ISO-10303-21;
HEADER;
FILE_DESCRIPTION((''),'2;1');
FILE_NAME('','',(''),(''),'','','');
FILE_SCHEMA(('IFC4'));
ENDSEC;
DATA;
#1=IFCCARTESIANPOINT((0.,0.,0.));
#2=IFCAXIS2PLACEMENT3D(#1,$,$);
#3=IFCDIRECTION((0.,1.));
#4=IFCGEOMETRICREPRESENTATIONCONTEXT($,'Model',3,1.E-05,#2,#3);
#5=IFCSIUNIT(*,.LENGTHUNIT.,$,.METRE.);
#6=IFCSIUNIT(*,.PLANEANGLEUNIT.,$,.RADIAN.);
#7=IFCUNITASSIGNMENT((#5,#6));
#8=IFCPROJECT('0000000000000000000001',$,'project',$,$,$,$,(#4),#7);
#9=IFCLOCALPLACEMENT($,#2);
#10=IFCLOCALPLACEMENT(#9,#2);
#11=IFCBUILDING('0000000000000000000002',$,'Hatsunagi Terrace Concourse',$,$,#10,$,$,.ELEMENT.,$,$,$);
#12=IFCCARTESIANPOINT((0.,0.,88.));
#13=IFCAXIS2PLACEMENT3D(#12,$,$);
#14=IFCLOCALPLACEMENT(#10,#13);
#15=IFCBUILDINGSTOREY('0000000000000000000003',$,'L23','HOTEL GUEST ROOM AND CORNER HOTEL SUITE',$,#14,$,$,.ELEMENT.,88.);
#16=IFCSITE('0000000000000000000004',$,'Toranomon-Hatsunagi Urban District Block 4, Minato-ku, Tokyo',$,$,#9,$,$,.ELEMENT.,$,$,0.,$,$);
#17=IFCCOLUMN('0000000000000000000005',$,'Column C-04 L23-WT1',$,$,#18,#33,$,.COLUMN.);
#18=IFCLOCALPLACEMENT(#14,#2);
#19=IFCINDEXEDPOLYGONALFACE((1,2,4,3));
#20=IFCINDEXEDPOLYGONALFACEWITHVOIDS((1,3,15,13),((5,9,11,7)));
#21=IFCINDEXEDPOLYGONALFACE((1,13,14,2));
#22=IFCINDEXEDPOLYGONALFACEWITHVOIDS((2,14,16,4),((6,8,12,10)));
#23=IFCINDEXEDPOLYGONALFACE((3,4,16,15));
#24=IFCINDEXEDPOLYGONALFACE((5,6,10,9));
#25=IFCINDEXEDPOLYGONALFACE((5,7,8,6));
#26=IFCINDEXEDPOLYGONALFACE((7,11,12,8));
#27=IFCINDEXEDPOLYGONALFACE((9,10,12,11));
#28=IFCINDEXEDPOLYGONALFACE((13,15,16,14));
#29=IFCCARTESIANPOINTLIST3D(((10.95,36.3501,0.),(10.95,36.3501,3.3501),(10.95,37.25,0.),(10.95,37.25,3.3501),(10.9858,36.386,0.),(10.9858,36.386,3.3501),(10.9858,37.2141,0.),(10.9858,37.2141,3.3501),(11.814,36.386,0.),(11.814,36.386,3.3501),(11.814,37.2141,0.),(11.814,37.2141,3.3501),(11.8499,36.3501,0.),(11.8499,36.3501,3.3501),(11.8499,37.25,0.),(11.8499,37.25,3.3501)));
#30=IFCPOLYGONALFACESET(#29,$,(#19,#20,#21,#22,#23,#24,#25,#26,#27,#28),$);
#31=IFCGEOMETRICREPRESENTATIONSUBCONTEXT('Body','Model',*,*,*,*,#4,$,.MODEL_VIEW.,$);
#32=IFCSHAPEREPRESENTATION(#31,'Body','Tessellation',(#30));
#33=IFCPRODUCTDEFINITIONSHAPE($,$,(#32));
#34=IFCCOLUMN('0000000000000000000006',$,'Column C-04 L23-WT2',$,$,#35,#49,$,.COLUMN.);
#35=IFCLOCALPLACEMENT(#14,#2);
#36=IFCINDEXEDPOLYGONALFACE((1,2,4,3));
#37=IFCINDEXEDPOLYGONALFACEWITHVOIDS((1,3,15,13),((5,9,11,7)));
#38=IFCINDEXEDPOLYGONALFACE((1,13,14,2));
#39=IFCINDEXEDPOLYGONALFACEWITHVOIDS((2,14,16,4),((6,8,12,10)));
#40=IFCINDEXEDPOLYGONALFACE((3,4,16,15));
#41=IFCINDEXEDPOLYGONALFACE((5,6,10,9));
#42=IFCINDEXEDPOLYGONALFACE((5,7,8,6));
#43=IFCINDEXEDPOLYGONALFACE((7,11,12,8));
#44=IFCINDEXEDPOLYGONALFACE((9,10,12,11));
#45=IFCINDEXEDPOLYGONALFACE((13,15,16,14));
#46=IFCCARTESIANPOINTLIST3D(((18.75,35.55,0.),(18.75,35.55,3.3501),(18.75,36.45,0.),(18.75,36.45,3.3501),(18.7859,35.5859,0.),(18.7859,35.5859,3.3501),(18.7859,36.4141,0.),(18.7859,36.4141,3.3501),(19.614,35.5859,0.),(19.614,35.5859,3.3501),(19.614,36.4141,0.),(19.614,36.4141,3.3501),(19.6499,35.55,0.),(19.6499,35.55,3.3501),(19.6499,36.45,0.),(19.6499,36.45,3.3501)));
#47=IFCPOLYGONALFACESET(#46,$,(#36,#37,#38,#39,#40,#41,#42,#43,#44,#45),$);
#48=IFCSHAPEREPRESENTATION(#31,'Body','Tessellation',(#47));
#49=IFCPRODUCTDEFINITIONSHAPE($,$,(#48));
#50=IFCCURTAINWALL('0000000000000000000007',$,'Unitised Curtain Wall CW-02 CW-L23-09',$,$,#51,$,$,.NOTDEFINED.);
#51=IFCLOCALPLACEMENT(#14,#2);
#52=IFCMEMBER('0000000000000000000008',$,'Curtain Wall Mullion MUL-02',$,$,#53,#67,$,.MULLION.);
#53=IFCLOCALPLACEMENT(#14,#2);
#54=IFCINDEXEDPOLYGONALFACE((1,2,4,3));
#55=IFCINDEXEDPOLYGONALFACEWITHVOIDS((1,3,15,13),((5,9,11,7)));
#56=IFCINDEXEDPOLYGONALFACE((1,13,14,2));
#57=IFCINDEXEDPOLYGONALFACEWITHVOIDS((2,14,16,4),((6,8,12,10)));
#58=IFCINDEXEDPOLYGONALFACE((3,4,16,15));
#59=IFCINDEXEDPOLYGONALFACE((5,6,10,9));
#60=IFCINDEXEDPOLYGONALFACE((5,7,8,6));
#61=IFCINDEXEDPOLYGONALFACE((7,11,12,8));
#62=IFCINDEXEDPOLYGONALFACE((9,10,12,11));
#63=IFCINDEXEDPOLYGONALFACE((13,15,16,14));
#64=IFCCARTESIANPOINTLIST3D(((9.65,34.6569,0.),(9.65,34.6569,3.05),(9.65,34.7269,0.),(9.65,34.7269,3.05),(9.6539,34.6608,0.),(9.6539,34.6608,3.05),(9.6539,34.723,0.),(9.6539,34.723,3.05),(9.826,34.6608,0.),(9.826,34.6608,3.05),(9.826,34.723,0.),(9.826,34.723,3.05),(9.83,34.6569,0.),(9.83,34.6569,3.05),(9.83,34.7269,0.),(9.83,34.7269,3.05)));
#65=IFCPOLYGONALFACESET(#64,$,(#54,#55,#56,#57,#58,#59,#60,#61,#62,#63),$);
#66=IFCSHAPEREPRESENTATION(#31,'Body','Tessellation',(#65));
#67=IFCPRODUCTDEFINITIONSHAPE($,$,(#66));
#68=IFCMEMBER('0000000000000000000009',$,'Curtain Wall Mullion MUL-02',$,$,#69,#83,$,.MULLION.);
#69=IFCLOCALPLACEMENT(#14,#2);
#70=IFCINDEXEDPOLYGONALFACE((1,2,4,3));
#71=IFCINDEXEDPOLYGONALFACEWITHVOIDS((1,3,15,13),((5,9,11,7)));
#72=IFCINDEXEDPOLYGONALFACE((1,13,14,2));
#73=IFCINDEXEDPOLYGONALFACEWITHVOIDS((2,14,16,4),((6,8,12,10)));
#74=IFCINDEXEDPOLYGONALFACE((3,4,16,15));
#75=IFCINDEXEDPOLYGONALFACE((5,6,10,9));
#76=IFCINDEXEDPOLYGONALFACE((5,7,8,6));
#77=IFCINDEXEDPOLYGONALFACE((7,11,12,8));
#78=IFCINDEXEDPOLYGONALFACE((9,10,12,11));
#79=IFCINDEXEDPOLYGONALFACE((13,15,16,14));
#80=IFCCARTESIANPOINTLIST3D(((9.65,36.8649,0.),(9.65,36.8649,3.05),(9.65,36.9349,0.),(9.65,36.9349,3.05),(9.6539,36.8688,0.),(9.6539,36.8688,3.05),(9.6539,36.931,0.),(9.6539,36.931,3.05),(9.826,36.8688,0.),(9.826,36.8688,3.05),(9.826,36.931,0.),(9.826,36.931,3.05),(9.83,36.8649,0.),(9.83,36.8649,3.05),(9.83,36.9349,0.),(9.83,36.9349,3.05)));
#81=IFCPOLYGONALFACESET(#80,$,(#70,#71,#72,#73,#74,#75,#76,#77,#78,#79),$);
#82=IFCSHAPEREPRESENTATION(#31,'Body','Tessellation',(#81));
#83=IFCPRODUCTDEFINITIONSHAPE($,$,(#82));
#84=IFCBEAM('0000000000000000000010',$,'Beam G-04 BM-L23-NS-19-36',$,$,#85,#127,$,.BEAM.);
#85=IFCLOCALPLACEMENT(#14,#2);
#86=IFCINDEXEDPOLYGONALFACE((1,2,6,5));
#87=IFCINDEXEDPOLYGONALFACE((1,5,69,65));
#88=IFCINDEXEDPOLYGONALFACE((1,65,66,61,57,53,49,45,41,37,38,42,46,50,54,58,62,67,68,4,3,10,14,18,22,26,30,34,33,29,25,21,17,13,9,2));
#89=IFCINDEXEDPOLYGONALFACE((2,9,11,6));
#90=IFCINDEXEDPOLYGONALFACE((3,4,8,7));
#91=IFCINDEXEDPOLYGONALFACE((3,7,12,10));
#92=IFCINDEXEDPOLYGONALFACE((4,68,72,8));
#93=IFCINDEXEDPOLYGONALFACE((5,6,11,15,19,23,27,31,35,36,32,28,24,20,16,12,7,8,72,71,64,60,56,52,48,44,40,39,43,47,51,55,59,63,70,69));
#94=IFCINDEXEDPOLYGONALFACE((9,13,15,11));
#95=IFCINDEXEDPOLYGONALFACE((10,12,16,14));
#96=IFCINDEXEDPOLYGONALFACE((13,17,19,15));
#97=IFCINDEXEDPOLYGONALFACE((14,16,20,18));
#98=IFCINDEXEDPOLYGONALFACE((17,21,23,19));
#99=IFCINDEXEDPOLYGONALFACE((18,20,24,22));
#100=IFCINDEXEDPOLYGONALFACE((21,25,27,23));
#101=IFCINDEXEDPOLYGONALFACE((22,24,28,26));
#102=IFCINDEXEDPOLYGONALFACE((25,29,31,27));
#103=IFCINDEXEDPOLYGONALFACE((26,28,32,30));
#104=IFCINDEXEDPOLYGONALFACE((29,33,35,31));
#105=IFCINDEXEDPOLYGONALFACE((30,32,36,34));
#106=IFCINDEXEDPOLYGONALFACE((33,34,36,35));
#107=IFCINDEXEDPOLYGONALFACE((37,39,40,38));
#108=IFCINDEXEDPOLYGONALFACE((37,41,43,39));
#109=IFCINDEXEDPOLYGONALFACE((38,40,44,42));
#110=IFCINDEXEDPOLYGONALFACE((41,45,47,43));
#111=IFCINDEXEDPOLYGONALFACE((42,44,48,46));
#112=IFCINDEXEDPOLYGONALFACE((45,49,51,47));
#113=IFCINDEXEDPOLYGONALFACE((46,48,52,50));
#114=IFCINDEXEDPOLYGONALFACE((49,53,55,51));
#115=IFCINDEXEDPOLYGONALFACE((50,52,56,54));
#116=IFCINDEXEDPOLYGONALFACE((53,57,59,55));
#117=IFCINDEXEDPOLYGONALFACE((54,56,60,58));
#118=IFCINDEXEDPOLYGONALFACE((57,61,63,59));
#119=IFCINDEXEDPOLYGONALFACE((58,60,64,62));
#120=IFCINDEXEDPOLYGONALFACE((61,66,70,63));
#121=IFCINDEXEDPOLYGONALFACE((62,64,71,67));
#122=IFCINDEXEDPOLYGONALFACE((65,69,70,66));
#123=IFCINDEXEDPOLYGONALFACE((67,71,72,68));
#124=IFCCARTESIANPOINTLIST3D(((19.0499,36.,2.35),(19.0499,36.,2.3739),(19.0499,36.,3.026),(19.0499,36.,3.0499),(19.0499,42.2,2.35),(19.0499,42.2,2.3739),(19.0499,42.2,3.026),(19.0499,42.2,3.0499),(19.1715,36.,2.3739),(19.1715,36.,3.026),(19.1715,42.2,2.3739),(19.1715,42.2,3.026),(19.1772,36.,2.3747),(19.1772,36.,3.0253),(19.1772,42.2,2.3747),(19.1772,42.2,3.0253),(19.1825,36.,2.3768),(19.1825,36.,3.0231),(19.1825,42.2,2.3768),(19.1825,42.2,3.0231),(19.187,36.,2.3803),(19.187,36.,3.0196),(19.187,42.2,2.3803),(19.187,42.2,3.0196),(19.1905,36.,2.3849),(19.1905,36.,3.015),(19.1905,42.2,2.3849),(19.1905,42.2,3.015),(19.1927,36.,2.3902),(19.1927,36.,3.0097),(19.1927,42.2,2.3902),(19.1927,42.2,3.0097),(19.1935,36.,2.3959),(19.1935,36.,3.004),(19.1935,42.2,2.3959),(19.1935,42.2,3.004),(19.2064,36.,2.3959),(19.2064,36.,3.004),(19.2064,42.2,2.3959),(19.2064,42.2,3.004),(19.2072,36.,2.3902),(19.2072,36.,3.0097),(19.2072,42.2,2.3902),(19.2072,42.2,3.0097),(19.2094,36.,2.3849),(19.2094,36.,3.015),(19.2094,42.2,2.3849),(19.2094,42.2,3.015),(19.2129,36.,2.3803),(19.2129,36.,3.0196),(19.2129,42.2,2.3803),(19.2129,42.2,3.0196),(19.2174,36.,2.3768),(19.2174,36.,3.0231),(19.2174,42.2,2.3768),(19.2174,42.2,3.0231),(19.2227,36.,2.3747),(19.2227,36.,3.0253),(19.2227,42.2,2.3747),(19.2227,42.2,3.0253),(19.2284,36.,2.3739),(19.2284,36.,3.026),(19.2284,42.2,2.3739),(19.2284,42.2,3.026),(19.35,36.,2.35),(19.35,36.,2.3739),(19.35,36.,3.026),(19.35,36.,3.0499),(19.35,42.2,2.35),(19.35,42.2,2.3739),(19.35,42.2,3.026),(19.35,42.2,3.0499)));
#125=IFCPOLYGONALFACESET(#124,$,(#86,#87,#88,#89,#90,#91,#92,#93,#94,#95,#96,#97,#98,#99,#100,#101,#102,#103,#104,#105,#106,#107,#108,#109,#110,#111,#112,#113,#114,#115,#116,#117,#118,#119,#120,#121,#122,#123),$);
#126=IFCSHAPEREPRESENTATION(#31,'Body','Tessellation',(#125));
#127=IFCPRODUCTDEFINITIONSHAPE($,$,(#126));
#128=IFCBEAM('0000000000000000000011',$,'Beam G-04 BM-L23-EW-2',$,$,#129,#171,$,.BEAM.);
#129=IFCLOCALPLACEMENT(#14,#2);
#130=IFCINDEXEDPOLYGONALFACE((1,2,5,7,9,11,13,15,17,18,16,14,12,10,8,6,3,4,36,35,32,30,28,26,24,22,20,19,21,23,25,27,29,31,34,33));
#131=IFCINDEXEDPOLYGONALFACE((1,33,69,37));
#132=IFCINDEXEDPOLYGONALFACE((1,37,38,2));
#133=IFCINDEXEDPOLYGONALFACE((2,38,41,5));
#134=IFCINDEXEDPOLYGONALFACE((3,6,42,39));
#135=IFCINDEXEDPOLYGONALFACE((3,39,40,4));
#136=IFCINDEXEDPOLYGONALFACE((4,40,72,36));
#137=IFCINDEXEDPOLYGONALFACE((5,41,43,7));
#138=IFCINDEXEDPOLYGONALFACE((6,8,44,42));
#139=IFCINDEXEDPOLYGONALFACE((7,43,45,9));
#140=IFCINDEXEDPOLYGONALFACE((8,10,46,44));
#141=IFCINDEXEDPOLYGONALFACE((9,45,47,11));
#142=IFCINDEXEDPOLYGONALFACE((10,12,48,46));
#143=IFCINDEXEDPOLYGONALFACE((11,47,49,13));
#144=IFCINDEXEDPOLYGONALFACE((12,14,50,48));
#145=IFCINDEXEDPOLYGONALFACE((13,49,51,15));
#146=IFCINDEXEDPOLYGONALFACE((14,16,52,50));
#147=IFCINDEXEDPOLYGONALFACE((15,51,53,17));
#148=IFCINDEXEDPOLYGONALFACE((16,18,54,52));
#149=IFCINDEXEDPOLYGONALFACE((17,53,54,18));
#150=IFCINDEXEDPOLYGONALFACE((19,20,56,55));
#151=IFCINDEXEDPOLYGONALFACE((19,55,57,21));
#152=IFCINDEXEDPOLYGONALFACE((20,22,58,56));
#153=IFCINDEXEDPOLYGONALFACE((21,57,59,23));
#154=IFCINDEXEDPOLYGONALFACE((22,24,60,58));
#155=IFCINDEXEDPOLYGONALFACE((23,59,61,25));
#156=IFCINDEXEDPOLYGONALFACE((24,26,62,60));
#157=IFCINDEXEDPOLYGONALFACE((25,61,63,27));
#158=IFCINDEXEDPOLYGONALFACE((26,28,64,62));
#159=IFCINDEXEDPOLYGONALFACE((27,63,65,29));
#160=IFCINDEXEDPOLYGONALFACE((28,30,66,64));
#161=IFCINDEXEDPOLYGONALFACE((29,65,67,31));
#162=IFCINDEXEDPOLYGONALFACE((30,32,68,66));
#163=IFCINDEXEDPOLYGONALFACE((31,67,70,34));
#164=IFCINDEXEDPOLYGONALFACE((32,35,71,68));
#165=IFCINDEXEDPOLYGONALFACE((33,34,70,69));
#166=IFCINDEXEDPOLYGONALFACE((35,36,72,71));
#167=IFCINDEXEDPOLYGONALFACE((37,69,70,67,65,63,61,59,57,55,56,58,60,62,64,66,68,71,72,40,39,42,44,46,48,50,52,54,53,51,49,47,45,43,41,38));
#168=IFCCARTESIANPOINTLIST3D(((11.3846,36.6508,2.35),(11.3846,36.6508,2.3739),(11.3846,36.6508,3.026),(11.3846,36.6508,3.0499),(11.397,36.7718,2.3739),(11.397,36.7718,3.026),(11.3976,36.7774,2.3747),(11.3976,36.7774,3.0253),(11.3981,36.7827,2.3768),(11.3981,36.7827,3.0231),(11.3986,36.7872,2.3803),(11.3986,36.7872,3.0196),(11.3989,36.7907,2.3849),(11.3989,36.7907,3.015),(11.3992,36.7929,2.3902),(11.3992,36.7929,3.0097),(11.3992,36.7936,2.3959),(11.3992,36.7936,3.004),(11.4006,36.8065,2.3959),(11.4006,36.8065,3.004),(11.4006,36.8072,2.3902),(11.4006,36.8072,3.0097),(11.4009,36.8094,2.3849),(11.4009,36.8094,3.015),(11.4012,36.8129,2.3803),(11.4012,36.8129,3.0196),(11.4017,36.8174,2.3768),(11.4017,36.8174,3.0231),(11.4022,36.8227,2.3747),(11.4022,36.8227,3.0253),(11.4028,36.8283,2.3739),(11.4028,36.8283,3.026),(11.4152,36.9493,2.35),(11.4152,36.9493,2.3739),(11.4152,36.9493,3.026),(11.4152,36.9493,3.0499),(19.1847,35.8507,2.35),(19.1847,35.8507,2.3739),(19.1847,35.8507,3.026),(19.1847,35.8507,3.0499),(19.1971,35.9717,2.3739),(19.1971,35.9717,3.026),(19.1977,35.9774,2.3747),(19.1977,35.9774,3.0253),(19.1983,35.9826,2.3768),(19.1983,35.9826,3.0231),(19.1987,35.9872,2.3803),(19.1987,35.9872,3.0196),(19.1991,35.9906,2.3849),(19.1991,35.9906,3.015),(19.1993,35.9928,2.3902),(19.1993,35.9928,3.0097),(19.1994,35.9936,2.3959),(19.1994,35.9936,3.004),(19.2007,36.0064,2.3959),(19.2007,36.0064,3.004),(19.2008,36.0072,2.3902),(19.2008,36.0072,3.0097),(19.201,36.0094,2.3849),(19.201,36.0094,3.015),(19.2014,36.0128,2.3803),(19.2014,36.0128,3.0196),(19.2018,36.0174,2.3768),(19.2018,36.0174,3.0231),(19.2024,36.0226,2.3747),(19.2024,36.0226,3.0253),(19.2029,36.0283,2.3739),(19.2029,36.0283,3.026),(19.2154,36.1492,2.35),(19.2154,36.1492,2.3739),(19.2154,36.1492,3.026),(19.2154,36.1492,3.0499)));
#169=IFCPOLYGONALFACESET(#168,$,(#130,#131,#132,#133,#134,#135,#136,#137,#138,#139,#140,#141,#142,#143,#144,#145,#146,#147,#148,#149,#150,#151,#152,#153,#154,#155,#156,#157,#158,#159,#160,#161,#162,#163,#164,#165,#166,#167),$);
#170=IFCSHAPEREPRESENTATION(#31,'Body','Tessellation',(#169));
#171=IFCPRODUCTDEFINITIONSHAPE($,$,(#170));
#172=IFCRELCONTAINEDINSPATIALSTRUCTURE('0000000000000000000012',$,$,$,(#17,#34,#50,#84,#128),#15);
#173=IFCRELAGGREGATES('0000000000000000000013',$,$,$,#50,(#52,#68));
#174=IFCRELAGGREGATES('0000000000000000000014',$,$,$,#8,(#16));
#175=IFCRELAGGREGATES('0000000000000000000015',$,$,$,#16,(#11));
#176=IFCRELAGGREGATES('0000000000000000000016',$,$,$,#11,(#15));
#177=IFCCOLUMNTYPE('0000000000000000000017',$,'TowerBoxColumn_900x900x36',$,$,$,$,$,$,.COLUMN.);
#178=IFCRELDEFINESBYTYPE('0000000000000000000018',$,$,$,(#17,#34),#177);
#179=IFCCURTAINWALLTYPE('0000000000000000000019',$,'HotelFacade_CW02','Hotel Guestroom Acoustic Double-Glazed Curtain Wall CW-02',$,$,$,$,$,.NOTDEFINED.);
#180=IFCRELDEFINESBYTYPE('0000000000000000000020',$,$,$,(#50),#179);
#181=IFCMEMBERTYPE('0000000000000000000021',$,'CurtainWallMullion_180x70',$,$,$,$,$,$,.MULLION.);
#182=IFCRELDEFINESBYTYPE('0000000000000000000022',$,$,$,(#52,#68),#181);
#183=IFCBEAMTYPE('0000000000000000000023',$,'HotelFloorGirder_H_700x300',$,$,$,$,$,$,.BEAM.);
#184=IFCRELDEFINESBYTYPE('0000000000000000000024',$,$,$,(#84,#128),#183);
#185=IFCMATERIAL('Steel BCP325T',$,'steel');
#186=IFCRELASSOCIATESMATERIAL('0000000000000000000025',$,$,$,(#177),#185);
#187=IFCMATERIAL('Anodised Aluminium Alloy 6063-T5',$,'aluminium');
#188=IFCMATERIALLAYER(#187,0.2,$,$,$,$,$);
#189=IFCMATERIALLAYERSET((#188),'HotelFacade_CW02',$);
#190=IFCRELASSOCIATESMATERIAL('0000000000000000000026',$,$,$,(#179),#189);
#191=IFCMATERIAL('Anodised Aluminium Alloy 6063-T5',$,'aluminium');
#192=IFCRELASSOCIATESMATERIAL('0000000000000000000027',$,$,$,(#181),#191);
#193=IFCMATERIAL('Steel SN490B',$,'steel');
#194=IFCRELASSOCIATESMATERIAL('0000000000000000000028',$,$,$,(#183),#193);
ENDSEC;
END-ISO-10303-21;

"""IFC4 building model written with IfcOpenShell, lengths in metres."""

from ifc_helpers import new_model, si_unit, direction, frame, origin, origin_2d, place, context, subcontext, project, spatial, hollow_rectangle, i_section, extrude, material, layer, layer_set, material_profile, profile_set, type_object, element, aggregate, save


model = new_model("IFC4")

# Units and contexts
model_context = context("Model", 3, precision=1e-05, world=origin(), true_north=direction((0.0, 1.0)))
body_context = subcontext(model_context, "Body", "Model", "MODEL_VIEW")
ifc_project = project(units=[si_unit("LENGTHUNIT", "METRE"), si_unit("PLANEANGLEUNIT", "RADIAN")], contexts=[model_context])

# Site, building, storey
site_placement = place(None, origin())
site = spatial("IfcSite", under=ifc_project, at=site_placement, Name="Toranomon-Hatsunagi Urban District Block 4, Minato-ku, Tokyo", CompositionType="ELEMENT", RefElevation=0.0)
building_placement = place(site_placement, origin())
building = spatial("IfcBuilding", under=site, at=building_placement, Name="Hatsunagi Terrace Concourse", CompositionType="ELEMENT")
storey_placement = place(building_placement, frame((0.0, 0.0, 88.0)))
storey = spatial("IfcBuildingStorey", under=building, at=storey_placement, Name="L23", Description="HOTEL GUEST ROOM AND CORNER HOTEL SUITE", CompositionType="ELEMENT", Elevation=88.0)

# Columns
ifc_material_1 = material(Name="Steel BCP325T", Category="steel")
ifc_material_profile_1 = material_profile(ifc_material_1, hollow_rectangle(XDim=0.8999, YDim=0.8999, WallThickness=0.0359, at=origin_2d()), Name="BCP-900x900x36")
ifc_profile_set_1 = profile_set([ifc_material_profile_1], Name="Steel BCP325T")
column_type = type_object("IfcColumnType", Name="TowerBoxColumn_900x900x36", PredefinedType="COLUMN", material=ifc_profile_set_1)
for number, where, z_axis, x_axis, name in (
    (1, (11.3999, 36.8, 0.0), (0.0, 0.0, 1.0), (1.0, 0.0, 0.0), "Column C-04 L23-WT1"),
    (2, (19.2, 36.0, 0.0), (0.0, 0.0, 1.0), (1.0, 0.0, 0.0), "Column C-04 L23-WT2"),
):
    element("IfcColumn", number, at=place(storey_placement, frame(where, z_axis=z_axis, x_axis=x_axis)), inside=storey, type_object=column_type, Name=name, PredefinedType="COLUMN", context=body_context, shape_type="SweptSolid", body=[
        extrude(hollow_rectangle(XDim=0.8999, YDim=0.8999, WallThickness=0.0359, at=origin_2d()), origin(), (0.0, 0.0, 1.0), 3.3501),
    ])

# Curtain wall, members
ifc_material_2 = material(Name="Anodised Aluminium Alloy 6063-T5", Category="aluminium")
ifc_layer_1 = layer(ifc_material_2, 0.2)
ifc_layer_set_1 = layer_set([ifc_layer_1], Name="HotelFacade_CW02")
curtain_wall_type = type_object("IfcCurtainWallType", Name="HotelFacade_CW02", Description="Hotel Guestroom Acoustic Double-Glazed Curtain Wall CW-02", PredefinedType="NOTDEFINED", material=ifc_layer_set_1)
curtain_wall_placement = place(storey_placement, origin())
curtain_wall = element("IfcCurtainWall", 3, at=curtain_wall_placement, inside=storey, type_object=curtain_wall_type, Name="Unitised Curtain Wall CW-02 CW-L23-09", PredefinedType="NOTDEFINED")
ifc_material_3 = material(Name="Anodised Aluminium Alloy 6063-T5", Category="aluminium")
ifc_material_profile_2 = material_profile(ifc_material_3, hollow_rectangle(XDim=0.0701, YDim=0.1799, WallThickness=0.0039, at=origin_2d()), Name="ALU-MUL-180x70x4")
ifc_profile_set_2 = profile_set([ifc_material_profile_2], Name="Anodised Aluminium Alloy 6063-T5")
member_type = type_object("IfcMemberType", Name="CurtainWallMullion_180x70", PredefinedType="MULLION", material=ifc_profile_set_2)
member_1_placement = place(storey_placement, frame((9.74, 34.6919, 0.0), z_axis=(0.0, 0.0, 1.0), x_axis=(0.0, 1.0, 0.0)))
member_1 = element("IfcMember", 4, at=member_1_placement, type_object=member_type, Name="Curtain Wall Mullion MUL-02", PredefinedType="MULLION", context=body_context, shape_type="SweptSolid", body=[
    extrude(hollow_rectangle(XDim=0.0701, YDim=0.1799, WallThickness=0.0039, at=origin_2d()), origin(), (0.0, 0.0, 1.0), 3.05),
])
member_2_placement = place(storey_placement, frame((9.74, 36.8999, 0.0), z_axis=(0.0, 0.0, 1.0), x_axis=(0.0, 1.0, 0.0)))
member_2 = element("IfcMember", 5, at=member_2_placement, type_object=member_type, Name="Curtain Wall Mullion MUL-02", PredefinedType="MULLION", context=body_context, shape_type="SweptSolid", body=[
    extrude(hollow_rectangle(XDim=0.0701, YDim=0.1799, WallThickness=0.0039, at=origin_2d()), origin(), (0.0, 0.0, 1.0), 3.05),
])

# Beams
ifc_material_4 = material(Name="Steel SN490B", Category="steel")
ifc_material_profile_3 = material_profile(ifc_material_4, i_section(OverallWidth=0.3, OverallDepth=0.7, WebThickness=0.0129, FlangeThickness=0.0239, FilletRadius=0.022, at=origin_2d()), Name="H-700x300x13x24")
ifc_profile_set_3 = profile_set([ifc_material_profile_3], Name="Steel SN490B")
beam_type_1 = type_object("IfcBeamType", Name="HotelFloorGirder_H_700x300", PredefinedType="BEAM", material=ifc_profile_set_3)
beam_1_placement = place(storey_placement, frame((19.2, 36.0, 2.7), z_axis=(0.0, 1.0, 0.0), x_axis=(-1.0, 0.0, 0.0)))
element("IfcBeam", 6, at=beam_1_placement, inside=storey, type_object=beam_type_1, Name="Beam G-04 BM-L23-NS-19-36", PredefinedType="BEAM", context=body_context, shape_type="SweptSolid", body=[
    extrude(i_section(OverallWidth=0.3, OverallDepth=0.7, WebThickness=0.0129, FlangeThickness=0.0239, FilletRadius=0.022, at=origin_2d()), origin(), (0.0, 0.0, 1.0), 6.2),
])
beam_2_placement = place(storey_placement, frame((11.3999, 36.8, 2.7), z_axis=(0.994781, -0.102034, 0.0), x_axis=(0.102034, 0.994781, 0.0)))
element("IfcBeam", 7, at=beam_2_placement, inside=storey, type_object=beam_type_1, Name="Beam G-04 BM-L23-EW-2", PredefinedType="BEAM", context=body_context, shape_type="SweptSolid", body=[
    extrude(i_section(OverallWidth=0.3, OverallDepth=0.7, WebThickness=0.0129, FlangeThickness=0.0239, FilletRadius=0.022, at=origin_2d()), origin(), (0.0, 0.0, 1.0), 7.8411),
])

aggregate(curtain_wall, [member_1, member_2])

save(model, "model.ifc")
